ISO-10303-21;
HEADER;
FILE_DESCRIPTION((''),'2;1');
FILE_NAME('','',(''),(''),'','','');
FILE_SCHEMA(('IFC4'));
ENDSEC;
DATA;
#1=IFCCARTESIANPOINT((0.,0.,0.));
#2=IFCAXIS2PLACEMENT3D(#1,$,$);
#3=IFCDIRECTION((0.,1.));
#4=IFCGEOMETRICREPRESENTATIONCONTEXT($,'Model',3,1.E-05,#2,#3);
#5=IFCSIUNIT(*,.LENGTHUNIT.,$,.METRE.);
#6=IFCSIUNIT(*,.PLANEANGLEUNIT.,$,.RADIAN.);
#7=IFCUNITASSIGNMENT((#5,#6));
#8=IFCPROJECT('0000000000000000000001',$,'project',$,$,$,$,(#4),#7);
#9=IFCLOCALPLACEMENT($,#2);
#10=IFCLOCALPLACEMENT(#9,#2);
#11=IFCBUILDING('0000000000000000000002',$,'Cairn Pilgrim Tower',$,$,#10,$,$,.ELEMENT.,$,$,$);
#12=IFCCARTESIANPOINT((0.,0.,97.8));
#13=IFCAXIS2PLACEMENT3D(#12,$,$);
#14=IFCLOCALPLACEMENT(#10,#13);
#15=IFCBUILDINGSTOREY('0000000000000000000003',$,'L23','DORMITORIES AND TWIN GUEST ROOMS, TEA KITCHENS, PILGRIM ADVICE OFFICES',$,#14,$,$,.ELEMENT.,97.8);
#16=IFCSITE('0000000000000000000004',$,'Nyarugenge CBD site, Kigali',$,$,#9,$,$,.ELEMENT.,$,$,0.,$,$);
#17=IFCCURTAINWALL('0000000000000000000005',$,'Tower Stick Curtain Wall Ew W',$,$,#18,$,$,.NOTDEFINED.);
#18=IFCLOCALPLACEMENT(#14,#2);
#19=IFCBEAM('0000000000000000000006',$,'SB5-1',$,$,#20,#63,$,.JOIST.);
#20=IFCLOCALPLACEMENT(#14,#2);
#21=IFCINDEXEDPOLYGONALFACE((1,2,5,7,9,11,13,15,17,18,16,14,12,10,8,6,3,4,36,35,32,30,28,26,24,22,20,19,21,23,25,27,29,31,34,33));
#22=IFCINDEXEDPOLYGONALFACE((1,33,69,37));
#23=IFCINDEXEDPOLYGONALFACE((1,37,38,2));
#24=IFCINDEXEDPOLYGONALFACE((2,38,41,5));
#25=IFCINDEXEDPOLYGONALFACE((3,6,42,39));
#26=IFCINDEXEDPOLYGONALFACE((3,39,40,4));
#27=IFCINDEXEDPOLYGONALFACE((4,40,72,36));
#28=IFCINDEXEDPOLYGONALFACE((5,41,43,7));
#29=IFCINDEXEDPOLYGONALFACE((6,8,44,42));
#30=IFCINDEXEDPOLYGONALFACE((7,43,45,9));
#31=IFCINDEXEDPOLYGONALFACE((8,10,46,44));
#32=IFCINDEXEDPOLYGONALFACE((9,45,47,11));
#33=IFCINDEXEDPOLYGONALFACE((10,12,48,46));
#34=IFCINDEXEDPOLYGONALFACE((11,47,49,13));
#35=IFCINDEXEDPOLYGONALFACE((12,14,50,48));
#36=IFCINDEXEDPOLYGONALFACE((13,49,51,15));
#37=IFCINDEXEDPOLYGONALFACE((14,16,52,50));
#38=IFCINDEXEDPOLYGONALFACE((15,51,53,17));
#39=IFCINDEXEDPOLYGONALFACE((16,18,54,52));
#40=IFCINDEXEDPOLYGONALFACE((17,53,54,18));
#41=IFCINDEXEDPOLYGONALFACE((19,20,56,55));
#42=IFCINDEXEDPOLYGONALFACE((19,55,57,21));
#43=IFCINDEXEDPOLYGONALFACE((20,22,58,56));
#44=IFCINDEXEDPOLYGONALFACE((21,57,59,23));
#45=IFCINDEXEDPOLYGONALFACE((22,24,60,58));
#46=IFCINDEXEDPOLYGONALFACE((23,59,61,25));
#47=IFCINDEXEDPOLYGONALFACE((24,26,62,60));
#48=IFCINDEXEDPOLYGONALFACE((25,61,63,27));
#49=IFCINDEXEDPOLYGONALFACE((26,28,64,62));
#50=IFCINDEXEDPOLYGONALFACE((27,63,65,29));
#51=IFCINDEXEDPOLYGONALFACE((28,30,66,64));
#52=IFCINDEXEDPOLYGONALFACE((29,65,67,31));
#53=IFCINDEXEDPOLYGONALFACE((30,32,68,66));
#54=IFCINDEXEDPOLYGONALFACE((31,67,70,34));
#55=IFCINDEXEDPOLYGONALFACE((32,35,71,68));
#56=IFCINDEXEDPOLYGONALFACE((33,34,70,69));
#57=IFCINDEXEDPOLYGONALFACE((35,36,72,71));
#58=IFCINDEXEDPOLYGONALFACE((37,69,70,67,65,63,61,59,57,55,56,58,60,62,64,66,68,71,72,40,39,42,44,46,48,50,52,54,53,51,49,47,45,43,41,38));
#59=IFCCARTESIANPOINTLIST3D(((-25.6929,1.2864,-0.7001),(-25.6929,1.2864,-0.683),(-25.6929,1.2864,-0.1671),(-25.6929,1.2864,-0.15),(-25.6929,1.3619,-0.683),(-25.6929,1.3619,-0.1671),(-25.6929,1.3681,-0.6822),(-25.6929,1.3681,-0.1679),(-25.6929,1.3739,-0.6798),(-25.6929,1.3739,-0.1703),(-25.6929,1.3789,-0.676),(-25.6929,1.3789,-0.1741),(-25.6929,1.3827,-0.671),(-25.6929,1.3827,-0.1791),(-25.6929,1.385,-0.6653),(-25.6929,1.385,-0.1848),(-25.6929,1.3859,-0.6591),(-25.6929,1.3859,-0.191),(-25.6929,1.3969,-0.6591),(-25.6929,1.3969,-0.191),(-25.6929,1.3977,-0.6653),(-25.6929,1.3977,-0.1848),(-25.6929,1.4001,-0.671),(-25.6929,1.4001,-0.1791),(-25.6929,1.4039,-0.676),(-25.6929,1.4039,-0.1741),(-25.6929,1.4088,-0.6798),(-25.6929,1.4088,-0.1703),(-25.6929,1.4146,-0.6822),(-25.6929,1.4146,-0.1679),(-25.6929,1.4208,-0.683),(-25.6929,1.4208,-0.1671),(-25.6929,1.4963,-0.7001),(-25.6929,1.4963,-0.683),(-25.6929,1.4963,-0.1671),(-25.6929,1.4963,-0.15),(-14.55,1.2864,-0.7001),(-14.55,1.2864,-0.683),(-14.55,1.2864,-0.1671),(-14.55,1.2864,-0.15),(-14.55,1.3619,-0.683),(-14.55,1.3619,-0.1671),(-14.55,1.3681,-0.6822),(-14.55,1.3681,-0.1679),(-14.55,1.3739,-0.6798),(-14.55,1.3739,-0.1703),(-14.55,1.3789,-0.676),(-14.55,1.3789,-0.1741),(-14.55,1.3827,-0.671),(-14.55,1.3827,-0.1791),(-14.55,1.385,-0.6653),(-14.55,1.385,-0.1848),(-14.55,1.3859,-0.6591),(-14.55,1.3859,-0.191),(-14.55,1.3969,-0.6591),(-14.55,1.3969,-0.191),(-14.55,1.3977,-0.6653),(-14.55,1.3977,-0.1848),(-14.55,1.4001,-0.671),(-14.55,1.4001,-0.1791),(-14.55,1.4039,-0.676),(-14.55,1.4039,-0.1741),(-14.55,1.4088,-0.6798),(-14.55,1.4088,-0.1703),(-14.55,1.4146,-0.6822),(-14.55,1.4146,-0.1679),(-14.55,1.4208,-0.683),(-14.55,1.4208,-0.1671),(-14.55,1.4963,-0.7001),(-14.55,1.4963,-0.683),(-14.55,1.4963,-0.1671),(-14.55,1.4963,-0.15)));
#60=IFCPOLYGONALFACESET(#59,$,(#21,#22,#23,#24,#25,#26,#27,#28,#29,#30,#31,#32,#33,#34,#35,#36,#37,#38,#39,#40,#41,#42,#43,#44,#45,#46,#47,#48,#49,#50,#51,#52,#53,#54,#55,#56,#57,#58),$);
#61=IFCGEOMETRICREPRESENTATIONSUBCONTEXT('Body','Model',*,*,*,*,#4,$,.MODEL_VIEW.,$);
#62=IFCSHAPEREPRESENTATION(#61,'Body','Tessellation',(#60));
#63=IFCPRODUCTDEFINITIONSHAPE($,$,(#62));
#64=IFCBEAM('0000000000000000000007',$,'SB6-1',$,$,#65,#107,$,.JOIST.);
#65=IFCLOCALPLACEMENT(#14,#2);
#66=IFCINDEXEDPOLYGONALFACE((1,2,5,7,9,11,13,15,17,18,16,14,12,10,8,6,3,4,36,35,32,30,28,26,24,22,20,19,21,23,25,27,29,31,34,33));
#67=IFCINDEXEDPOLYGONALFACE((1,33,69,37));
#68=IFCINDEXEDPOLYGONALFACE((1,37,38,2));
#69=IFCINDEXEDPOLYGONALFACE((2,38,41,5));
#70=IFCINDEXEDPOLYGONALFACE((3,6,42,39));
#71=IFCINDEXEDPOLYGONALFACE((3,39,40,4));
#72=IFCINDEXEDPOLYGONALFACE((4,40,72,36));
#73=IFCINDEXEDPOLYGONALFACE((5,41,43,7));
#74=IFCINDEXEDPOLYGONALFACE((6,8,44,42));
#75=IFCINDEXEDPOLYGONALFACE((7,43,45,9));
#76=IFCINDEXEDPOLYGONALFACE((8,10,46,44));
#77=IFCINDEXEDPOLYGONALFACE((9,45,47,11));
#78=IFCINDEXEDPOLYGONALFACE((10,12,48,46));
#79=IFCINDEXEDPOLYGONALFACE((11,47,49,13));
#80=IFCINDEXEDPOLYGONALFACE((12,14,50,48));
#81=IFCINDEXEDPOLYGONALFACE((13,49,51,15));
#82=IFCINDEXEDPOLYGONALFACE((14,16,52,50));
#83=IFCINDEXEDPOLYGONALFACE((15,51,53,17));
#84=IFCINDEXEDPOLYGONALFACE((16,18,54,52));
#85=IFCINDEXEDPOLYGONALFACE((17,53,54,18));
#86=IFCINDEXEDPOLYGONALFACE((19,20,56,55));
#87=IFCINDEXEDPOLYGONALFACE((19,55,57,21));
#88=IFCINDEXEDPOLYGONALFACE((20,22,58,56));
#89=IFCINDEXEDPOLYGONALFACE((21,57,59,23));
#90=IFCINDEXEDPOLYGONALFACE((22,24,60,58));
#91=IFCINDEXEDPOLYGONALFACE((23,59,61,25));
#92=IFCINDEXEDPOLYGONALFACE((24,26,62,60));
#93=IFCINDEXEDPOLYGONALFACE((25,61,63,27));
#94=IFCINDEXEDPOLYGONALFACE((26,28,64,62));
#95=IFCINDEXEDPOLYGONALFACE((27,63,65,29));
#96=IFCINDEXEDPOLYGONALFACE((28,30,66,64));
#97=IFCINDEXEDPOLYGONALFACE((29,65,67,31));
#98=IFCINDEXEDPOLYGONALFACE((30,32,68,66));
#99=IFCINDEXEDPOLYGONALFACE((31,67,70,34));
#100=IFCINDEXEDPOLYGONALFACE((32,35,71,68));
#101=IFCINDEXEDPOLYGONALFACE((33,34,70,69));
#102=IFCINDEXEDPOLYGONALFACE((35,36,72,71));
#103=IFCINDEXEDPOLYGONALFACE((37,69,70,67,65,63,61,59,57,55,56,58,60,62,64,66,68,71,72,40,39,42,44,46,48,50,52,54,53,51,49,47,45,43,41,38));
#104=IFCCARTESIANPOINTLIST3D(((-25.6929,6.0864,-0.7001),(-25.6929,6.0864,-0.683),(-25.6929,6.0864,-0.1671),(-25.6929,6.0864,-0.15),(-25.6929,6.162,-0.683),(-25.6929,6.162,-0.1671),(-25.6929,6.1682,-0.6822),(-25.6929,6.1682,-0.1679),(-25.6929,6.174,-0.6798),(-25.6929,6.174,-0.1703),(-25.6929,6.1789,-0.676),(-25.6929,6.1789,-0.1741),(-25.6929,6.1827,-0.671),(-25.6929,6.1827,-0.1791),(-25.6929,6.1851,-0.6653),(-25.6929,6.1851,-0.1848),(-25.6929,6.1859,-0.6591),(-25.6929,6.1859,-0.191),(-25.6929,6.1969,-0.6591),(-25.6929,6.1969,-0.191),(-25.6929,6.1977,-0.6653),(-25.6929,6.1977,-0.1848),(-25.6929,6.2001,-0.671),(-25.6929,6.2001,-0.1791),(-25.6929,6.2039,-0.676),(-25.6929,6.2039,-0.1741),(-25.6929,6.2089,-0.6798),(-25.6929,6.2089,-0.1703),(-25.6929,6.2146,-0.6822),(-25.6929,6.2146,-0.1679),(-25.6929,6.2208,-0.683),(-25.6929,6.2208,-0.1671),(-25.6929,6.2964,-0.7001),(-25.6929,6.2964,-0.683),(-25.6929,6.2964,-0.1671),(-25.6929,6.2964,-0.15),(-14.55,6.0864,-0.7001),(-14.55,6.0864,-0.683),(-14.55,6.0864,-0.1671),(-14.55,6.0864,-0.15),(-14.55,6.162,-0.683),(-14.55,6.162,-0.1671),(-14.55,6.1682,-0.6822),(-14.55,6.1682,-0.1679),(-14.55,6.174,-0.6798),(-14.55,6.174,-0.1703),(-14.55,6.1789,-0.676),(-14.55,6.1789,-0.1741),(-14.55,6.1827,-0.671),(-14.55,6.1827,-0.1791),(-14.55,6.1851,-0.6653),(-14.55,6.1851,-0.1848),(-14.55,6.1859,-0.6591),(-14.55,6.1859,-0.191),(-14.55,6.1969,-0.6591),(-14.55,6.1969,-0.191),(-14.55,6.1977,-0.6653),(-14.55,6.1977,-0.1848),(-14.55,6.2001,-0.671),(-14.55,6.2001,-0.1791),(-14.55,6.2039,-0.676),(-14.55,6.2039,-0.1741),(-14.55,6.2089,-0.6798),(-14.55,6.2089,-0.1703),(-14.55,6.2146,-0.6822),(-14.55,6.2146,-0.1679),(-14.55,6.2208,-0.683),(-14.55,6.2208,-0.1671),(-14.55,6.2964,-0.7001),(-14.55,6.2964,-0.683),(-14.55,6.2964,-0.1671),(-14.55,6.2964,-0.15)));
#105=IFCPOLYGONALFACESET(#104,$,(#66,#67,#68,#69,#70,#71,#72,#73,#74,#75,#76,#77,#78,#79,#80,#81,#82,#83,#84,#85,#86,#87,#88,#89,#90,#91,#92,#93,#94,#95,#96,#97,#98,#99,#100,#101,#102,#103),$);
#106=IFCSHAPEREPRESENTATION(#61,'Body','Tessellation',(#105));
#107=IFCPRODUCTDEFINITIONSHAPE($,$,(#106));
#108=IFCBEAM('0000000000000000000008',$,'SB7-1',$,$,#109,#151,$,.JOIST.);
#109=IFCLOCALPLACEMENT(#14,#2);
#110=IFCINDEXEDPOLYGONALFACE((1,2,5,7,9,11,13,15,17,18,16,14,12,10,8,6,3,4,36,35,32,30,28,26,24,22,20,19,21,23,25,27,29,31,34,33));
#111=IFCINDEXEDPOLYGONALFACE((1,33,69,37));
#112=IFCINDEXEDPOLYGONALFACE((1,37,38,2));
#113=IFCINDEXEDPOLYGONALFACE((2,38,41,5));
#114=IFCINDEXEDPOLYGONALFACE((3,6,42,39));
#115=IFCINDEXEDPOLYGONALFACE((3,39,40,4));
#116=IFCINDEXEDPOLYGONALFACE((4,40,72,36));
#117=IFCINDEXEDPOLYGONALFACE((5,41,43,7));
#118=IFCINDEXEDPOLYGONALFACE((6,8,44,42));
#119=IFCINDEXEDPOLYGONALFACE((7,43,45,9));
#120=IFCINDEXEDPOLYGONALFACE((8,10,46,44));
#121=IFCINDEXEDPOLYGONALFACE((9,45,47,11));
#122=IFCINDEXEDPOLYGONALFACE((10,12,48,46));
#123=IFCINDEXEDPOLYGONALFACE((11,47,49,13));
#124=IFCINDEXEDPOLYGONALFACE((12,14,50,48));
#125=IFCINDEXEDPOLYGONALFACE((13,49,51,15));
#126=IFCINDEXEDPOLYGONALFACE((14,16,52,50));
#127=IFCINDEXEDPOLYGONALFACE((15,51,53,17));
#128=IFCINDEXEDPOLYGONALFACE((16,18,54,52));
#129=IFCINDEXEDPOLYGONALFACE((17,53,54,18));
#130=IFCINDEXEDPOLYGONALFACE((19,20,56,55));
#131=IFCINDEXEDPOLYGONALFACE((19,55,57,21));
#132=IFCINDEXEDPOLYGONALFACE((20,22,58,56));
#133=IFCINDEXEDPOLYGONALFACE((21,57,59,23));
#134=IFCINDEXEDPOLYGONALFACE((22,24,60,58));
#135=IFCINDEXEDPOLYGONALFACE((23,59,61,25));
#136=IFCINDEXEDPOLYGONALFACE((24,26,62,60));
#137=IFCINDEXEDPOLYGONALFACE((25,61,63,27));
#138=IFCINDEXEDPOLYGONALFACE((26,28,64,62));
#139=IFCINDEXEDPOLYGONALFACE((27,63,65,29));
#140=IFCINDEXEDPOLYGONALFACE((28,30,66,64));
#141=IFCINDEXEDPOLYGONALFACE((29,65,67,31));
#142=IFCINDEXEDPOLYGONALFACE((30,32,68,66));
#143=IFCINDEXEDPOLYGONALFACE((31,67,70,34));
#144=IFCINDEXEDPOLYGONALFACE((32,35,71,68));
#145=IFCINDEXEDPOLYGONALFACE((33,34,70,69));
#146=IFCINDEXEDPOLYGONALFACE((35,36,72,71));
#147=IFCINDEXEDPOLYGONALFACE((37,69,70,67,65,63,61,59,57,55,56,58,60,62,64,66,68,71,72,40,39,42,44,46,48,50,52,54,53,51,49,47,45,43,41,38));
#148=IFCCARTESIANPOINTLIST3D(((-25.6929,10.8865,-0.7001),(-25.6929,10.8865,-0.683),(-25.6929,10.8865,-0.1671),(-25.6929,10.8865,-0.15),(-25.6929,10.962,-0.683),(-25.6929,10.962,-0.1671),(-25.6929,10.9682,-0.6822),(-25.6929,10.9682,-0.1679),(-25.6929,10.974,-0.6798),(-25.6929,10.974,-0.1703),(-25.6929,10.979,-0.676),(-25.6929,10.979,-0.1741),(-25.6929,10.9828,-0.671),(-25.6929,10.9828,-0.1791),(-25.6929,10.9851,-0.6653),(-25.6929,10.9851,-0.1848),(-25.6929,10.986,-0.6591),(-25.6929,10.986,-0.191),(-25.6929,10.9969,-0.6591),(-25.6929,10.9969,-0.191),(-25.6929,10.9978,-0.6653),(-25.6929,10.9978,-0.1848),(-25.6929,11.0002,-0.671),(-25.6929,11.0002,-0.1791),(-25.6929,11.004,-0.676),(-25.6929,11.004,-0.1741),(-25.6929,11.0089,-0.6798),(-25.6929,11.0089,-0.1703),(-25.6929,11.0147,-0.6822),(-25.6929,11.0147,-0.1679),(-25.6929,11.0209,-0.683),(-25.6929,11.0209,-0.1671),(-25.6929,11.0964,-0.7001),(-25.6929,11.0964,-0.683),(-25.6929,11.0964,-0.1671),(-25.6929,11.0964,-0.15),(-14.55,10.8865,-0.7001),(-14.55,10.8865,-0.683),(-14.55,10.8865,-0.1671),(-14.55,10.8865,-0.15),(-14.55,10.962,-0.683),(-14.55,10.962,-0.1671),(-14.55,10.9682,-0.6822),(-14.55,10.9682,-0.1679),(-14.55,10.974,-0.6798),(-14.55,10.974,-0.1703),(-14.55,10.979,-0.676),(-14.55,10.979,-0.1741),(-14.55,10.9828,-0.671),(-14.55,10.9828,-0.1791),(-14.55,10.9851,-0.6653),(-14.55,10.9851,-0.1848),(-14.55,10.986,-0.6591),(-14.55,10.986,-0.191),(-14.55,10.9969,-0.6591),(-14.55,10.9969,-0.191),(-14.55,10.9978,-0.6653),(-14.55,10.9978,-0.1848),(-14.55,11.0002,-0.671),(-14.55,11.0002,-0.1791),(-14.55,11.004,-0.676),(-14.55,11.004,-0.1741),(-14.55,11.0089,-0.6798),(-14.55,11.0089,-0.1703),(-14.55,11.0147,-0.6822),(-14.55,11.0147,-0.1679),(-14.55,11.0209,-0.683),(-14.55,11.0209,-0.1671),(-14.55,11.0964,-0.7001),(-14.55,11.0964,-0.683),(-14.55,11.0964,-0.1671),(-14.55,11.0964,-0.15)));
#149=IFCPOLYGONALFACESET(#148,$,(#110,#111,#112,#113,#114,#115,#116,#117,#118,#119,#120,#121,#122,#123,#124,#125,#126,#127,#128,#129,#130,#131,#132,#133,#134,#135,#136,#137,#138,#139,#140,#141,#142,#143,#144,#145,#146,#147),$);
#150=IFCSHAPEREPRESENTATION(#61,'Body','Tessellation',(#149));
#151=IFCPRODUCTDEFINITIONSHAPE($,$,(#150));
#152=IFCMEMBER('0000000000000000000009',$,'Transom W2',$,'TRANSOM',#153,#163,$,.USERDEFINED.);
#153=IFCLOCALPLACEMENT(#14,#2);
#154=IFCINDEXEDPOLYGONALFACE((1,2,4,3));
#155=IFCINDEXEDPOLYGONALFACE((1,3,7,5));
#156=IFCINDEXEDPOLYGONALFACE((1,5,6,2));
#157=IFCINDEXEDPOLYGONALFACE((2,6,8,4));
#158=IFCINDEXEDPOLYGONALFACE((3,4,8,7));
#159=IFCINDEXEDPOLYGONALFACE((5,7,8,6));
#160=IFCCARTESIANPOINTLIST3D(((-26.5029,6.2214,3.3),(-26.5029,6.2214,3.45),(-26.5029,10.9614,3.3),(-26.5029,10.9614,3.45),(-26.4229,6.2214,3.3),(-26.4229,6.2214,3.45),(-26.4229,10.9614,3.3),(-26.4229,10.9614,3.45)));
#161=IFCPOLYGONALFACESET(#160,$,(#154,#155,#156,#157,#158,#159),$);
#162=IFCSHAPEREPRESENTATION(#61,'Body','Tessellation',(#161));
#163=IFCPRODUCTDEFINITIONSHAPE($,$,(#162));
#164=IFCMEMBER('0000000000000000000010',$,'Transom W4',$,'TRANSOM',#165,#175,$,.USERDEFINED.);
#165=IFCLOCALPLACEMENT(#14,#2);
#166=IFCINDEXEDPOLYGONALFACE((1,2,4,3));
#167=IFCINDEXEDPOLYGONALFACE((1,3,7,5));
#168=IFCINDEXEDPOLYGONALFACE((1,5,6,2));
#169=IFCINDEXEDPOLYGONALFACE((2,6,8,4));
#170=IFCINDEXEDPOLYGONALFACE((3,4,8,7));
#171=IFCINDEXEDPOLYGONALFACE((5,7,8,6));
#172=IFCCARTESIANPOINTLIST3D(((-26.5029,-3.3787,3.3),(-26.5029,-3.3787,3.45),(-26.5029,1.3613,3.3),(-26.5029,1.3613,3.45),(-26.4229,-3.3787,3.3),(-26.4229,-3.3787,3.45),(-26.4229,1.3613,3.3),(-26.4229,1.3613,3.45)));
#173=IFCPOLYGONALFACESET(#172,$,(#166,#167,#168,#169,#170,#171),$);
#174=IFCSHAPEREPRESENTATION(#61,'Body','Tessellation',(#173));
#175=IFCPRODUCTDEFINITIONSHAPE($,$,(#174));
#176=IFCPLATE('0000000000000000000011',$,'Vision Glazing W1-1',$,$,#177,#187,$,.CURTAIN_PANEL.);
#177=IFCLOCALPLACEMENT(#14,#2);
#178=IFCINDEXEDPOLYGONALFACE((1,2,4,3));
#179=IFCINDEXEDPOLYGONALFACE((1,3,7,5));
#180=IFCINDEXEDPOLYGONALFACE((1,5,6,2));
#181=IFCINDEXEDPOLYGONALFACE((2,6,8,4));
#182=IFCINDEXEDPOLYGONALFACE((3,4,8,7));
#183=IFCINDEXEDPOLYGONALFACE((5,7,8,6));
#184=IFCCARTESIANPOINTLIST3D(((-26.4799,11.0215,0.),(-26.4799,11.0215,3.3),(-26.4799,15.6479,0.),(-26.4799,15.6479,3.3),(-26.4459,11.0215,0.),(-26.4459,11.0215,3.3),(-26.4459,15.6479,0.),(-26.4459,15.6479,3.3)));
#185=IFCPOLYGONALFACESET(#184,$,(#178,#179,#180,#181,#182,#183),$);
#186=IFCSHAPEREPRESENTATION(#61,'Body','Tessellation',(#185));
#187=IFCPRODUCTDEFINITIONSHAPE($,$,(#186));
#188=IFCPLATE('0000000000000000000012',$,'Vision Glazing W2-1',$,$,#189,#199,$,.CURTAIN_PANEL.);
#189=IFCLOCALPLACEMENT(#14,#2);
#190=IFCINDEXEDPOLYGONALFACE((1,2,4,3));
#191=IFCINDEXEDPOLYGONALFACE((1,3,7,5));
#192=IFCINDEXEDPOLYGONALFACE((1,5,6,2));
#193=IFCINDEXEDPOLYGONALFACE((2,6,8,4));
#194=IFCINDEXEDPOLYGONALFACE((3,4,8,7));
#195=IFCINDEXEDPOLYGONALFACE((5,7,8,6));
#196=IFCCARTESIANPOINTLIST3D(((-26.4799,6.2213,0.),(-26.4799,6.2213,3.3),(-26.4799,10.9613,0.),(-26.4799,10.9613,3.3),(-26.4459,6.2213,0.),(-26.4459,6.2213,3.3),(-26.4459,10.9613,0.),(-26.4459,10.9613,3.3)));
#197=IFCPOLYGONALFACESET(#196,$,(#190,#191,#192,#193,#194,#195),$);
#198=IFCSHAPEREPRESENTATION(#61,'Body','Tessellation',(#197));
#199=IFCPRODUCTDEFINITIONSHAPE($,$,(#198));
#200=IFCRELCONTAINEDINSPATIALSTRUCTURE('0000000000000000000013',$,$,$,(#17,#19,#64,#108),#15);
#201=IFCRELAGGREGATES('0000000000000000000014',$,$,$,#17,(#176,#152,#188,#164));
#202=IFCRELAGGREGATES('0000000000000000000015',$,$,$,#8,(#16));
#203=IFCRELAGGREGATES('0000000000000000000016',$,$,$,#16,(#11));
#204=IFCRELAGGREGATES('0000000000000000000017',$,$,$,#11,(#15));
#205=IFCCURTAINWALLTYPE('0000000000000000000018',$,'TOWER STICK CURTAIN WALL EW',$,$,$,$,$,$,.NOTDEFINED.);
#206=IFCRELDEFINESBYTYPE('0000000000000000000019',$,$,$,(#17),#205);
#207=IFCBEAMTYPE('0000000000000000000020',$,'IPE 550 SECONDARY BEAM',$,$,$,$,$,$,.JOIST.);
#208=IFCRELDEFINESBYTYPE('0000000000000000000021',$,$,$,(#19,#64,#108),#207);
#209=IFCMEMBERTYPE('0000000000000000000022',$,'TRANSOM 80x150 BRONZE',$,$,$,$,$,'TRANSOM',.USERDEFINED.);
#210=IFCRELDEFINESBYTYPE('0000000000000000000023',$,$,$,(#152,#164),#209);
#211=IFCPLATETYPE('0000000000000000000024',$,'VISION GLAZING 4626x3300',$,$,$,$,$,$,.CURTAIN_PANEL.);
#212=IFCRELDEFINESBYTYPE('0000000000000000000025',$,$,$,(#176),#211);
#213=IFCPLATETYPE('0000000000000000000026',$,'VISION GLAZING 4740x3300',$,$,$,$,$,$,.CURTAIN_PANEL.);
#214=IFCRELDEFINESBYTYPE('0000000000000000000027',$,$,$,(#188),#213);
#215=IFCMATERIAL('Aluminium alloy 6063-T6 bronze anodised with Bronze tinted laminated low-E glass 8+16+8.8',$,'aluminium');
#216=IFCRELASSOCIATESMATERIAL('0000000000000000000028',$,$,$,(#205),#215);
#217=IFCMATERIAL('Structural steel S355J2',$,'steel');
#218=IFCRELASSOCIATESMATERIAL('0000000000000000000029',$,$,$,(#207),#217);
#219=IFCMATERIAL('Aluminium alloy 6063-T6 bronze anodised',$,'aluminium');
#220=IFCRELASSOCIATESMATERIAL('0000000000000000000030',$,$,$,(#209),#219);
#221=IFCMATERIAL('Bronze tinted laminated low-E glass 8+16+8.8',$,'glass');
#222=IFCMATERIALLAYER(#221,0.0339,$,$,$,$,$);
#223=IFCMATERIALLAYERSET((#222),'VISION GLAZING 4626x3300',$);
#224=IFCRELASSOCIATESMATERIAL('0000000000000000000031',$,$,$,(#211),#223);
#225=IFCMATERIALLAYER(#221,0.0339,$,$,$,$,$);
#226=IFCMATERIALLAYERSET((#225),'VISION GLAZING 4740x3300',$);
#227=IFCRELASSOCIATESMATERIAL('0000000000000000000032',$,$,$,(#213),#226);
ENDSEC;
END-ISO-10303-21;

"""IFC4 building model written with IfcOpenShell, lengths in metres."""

from ifc_helpers import new_model, si_unit, direction, frame, origin, origin_2d, place, context, subcontext, project, spatial, rectangle, i_section, extrude, material, layer, layer_set, material_profile, profile_set, type_object, element, aggregate, save


model = new_model("IFC4")

# Units and contexts
model_context = context("Model", 3, precision=1e-05, world=origin(), true_north=direction((0.0, 1.0)))
body_context = subcontext(model_context, "Body", "Model", "MODEL_VIEW")
ifc_project = project(units=[si_unit("LENGTHUNIT", "METRE"), si_unit("PLANEANGLEUNIT", "RADIAN")], contexts=[model_context])

# Site, building, storey
site_placement = place(None, origin())
site = spatial("IfcSite", under=ifc_project, at=site_placement, Name="Nyarugenge CBD site, Kigali", CompositionType="ELEMENT", RefElevation=0.0)
building_placement = place(site_placement, origin())
building = spatial("IfcBuilding", under=site, at=building_placement, Name="Cairn Pilgrim Tower", CompositionType="ELEMENT")
storey_placement = place(building_placement, frame((0.0, 0.0, 97.8)))
storey = spatial("IfcBuildingStorey", under=building, at=storey_placement, Name="L23", Description="DORMITORIES AND TWIN GUEST ROOMS, TEA KITCHENS, PILGRIM ADVICE OFFICES", CompositionType="ELEMENT", Elevation=97.8)

# Curtain wall
ifc_material_1 = material(Name="Aluminium alloy 6063-T6 bronze anodised with Bronze tinted laminated low-E glass 8+16+8.8", Category="aluminium")
curtain_wall_type = type_object("IfcCurtainWallType", Name="TOWER STICK CURTAIN WALL EW", PredefinedType="NOTDEFINED", material=ifc_material_1)
curtain_wall_placement = place(storey_placement, origin())
curtain_wall = element("IfcCurtainWall", 1, at=curtain_wall_placement, inside=storey, type_object=curtain_wall_type, Name="Tower Stick Curtain Wall Ew W", PredefinedType="NOTDEFINED")
ifc_material_2 = material(Name="Aluminium alloy 6063-T6 bronze anodised", Category="aluminium")

# Beams
ifc_material_3 = material(Name="Structural steel S355J2", Category="steel")
ifc_material_profile_1 = material_profile(ifc_material_3, i_section(OverallWidth=0.21, OverallDepth=0.55, WebThickness=0.011, FlangeThickness=0.0171, FilletRadius=0.0239, at=origin_2d()), Name="IPE 550")
ifc_profile_set_1 = profile_set([ifc_material_profile_1], Name="Structural steel S355J2")
beam_type_1 = type_object("IfcBeamType", Name="IPE 550 SECONDARY BEAM", PredefinedType="JOIST", material=ifc_profile_set_1)
for number, where, z_axis, x_axis, name in (
    (2, (-25.6929, 1.3914, -0.425), (1.0, 0.0, 0.0), (0.0, 1.0, 0.0), "SB5-1"),
    (3, (-25.6929, 6.1914, -0.425), (1.0, 0.0, 0.0), (0.0, 1.0, 0.0), "SB6-1"),
    (4, (-25.6929, 10.9915, -0.425), (1.0, 0.0, 0.0), (0.0, 1.0, 0.0), "SB7-1"),
):
    element("IfcBeam", number, at=place(storey_placement, frame(where, z_axis=z_axis, x_axis=x_axis)), inside=storey, type_object=beam_type_1, Name=name, PredefinedType="JOIST", context=body_context, shape_type="SweptSolid", body=[
        extrude(i_section(OverallWidth=0.21, OverallDepth=0.55, WebThickness=0.011, FlangeThickness=0.0171, FilletRadius=0.0239, at=origin_2d()), origin(), (0.0, 0.0, 1.0), 11.1428),
    ])

# Members
ifc_material_profile_2 = material_profile(ifc_material_2, rectangle(XDim=0.0801, YDim=0.1499, at=origin_2d()), Name="TRANSOM 80x150 BRONZE")
ifc_profile_set_2 = profile_set([ifc_material_profile_2], Name="Aluminium alloy 6063-T6 bronze anodised")
member_type_1 = type_object("IfcMemberType", Name="TRANSOM 80x150 BRONZE", ElementType="TRANSOM", PredefinedType="USERDEFINED", material=ifc_profile_set_2)
member_1_placement = place(storey_placement, frame((-26.4629, 10.9614, 3.375), z_axis=(0.0, -1.0, 0.0), x_axis=(1.0, 0.0, 0.0)))
member_1 = element("IfcMember", 5, at=member_1_placement, type_object=member_type_1, Name="Transom W2", ObjectType="TRANSOM", PredefinedType="USERDEFINED", context=body_context, shape_type="SweptSolid", body=[
    extrude(rectangle(XDim=0.0801, YDim=0.1499, at=origin_2d()), origin(), (0.0, 0.0, 1.0), 4.74),
])
member_2_placement = place(storey_placement, frame((-26.4629, 1.3613, 3.375), z_axis=(0.0, -1.0, 0.0), x_axis=(1.0, 0.0, 0.0)))
member_2 = element("IfcMember", 6, at=member_2_placement, type_object=member_type_1, Name="Transom W4", ObjectType="TRANSOM", PredefinedType="USERDEFINED", context=body_context, shape_type="SweptSolid", body=[
    extrude(rectangle(XDim=0.0801, YDim=0.1499, at=origin_2d()), origin(), (0.0, 0.0, 1.0), 4.74),
])

# Plates
ifc_material_4 = material(Name="Bronze tinted laminated low-E glass 8+16+8.8", Category="glass")
ifc_layer_1 = layer(ifc_material_4, 0.0339)
ifc_layer_set_1 = layer_set([ifc_layer_1], Name="VISION GLAZING 4626x3300")
plate_type_1 = type_object("IfcPlateType", Name="VISION GLAZING 4626x3300", PredefinedType="CURTAIN_PANEL", material=ifc_layer_set_1)
plate_1_placement = place(storey_placement, frame((-26.4629, 13.3347, 0.0), z_axis=(0.0, 0.0, 1.0), x_axis=(0.0, -1.0, 0.0)))
plate_1 = element("IfcPlate", 7, at=plate_1_placement, type_object=plate_type_1, Name="Vision Glazing W1-1", PredefinedType="CURTAIN_PANEL", context=body_context, shape_type="SweptSolid", body=[
    extrude(rectangle(XDim=4.6265, YDim=0.0339, at=origin_2d()), origin(), (0.0, 0.0, 1.0), 3.3),
])
ifc_layer_2 = layer(ifc_material_4, 0.0339)
ifc_layer_set_2 = layer_set([ifc_layer_2], Name="VISION GLAZING 4740x3300")
plate_type_2 = type_object("IfcPlateType", Name="VISION GLAZING 4740x3300", PredefinedType="CURTAIN_PANEL", material=ifc_layer_set_2)
plate_2_placement = place(storey_placement, frame((-26.4629, 8.5913, 0.0), z_axis=(0.0, 0.0, 1.0), x_axis=(0.0, -1.0, 0.0)))
plate_2 = element("IfcPlate", 8, at=plate_2_placement, type_object=plate_type_2, Name="Vision Glazing W2-1", PredefinedType="CURTAIN_PANEL", context=body_context, shape_type="SweptSolid", body=[
    extrude(rectangle(XDim=4.74, YDim=0.0339, at=origin_2d()), origin(), (0.0, 0.0, 1.0), 3.3),
])
aggregate(curtain_wall, [plate_1, member_1, plate_2, member_2])

save(model, "model.ifc")
